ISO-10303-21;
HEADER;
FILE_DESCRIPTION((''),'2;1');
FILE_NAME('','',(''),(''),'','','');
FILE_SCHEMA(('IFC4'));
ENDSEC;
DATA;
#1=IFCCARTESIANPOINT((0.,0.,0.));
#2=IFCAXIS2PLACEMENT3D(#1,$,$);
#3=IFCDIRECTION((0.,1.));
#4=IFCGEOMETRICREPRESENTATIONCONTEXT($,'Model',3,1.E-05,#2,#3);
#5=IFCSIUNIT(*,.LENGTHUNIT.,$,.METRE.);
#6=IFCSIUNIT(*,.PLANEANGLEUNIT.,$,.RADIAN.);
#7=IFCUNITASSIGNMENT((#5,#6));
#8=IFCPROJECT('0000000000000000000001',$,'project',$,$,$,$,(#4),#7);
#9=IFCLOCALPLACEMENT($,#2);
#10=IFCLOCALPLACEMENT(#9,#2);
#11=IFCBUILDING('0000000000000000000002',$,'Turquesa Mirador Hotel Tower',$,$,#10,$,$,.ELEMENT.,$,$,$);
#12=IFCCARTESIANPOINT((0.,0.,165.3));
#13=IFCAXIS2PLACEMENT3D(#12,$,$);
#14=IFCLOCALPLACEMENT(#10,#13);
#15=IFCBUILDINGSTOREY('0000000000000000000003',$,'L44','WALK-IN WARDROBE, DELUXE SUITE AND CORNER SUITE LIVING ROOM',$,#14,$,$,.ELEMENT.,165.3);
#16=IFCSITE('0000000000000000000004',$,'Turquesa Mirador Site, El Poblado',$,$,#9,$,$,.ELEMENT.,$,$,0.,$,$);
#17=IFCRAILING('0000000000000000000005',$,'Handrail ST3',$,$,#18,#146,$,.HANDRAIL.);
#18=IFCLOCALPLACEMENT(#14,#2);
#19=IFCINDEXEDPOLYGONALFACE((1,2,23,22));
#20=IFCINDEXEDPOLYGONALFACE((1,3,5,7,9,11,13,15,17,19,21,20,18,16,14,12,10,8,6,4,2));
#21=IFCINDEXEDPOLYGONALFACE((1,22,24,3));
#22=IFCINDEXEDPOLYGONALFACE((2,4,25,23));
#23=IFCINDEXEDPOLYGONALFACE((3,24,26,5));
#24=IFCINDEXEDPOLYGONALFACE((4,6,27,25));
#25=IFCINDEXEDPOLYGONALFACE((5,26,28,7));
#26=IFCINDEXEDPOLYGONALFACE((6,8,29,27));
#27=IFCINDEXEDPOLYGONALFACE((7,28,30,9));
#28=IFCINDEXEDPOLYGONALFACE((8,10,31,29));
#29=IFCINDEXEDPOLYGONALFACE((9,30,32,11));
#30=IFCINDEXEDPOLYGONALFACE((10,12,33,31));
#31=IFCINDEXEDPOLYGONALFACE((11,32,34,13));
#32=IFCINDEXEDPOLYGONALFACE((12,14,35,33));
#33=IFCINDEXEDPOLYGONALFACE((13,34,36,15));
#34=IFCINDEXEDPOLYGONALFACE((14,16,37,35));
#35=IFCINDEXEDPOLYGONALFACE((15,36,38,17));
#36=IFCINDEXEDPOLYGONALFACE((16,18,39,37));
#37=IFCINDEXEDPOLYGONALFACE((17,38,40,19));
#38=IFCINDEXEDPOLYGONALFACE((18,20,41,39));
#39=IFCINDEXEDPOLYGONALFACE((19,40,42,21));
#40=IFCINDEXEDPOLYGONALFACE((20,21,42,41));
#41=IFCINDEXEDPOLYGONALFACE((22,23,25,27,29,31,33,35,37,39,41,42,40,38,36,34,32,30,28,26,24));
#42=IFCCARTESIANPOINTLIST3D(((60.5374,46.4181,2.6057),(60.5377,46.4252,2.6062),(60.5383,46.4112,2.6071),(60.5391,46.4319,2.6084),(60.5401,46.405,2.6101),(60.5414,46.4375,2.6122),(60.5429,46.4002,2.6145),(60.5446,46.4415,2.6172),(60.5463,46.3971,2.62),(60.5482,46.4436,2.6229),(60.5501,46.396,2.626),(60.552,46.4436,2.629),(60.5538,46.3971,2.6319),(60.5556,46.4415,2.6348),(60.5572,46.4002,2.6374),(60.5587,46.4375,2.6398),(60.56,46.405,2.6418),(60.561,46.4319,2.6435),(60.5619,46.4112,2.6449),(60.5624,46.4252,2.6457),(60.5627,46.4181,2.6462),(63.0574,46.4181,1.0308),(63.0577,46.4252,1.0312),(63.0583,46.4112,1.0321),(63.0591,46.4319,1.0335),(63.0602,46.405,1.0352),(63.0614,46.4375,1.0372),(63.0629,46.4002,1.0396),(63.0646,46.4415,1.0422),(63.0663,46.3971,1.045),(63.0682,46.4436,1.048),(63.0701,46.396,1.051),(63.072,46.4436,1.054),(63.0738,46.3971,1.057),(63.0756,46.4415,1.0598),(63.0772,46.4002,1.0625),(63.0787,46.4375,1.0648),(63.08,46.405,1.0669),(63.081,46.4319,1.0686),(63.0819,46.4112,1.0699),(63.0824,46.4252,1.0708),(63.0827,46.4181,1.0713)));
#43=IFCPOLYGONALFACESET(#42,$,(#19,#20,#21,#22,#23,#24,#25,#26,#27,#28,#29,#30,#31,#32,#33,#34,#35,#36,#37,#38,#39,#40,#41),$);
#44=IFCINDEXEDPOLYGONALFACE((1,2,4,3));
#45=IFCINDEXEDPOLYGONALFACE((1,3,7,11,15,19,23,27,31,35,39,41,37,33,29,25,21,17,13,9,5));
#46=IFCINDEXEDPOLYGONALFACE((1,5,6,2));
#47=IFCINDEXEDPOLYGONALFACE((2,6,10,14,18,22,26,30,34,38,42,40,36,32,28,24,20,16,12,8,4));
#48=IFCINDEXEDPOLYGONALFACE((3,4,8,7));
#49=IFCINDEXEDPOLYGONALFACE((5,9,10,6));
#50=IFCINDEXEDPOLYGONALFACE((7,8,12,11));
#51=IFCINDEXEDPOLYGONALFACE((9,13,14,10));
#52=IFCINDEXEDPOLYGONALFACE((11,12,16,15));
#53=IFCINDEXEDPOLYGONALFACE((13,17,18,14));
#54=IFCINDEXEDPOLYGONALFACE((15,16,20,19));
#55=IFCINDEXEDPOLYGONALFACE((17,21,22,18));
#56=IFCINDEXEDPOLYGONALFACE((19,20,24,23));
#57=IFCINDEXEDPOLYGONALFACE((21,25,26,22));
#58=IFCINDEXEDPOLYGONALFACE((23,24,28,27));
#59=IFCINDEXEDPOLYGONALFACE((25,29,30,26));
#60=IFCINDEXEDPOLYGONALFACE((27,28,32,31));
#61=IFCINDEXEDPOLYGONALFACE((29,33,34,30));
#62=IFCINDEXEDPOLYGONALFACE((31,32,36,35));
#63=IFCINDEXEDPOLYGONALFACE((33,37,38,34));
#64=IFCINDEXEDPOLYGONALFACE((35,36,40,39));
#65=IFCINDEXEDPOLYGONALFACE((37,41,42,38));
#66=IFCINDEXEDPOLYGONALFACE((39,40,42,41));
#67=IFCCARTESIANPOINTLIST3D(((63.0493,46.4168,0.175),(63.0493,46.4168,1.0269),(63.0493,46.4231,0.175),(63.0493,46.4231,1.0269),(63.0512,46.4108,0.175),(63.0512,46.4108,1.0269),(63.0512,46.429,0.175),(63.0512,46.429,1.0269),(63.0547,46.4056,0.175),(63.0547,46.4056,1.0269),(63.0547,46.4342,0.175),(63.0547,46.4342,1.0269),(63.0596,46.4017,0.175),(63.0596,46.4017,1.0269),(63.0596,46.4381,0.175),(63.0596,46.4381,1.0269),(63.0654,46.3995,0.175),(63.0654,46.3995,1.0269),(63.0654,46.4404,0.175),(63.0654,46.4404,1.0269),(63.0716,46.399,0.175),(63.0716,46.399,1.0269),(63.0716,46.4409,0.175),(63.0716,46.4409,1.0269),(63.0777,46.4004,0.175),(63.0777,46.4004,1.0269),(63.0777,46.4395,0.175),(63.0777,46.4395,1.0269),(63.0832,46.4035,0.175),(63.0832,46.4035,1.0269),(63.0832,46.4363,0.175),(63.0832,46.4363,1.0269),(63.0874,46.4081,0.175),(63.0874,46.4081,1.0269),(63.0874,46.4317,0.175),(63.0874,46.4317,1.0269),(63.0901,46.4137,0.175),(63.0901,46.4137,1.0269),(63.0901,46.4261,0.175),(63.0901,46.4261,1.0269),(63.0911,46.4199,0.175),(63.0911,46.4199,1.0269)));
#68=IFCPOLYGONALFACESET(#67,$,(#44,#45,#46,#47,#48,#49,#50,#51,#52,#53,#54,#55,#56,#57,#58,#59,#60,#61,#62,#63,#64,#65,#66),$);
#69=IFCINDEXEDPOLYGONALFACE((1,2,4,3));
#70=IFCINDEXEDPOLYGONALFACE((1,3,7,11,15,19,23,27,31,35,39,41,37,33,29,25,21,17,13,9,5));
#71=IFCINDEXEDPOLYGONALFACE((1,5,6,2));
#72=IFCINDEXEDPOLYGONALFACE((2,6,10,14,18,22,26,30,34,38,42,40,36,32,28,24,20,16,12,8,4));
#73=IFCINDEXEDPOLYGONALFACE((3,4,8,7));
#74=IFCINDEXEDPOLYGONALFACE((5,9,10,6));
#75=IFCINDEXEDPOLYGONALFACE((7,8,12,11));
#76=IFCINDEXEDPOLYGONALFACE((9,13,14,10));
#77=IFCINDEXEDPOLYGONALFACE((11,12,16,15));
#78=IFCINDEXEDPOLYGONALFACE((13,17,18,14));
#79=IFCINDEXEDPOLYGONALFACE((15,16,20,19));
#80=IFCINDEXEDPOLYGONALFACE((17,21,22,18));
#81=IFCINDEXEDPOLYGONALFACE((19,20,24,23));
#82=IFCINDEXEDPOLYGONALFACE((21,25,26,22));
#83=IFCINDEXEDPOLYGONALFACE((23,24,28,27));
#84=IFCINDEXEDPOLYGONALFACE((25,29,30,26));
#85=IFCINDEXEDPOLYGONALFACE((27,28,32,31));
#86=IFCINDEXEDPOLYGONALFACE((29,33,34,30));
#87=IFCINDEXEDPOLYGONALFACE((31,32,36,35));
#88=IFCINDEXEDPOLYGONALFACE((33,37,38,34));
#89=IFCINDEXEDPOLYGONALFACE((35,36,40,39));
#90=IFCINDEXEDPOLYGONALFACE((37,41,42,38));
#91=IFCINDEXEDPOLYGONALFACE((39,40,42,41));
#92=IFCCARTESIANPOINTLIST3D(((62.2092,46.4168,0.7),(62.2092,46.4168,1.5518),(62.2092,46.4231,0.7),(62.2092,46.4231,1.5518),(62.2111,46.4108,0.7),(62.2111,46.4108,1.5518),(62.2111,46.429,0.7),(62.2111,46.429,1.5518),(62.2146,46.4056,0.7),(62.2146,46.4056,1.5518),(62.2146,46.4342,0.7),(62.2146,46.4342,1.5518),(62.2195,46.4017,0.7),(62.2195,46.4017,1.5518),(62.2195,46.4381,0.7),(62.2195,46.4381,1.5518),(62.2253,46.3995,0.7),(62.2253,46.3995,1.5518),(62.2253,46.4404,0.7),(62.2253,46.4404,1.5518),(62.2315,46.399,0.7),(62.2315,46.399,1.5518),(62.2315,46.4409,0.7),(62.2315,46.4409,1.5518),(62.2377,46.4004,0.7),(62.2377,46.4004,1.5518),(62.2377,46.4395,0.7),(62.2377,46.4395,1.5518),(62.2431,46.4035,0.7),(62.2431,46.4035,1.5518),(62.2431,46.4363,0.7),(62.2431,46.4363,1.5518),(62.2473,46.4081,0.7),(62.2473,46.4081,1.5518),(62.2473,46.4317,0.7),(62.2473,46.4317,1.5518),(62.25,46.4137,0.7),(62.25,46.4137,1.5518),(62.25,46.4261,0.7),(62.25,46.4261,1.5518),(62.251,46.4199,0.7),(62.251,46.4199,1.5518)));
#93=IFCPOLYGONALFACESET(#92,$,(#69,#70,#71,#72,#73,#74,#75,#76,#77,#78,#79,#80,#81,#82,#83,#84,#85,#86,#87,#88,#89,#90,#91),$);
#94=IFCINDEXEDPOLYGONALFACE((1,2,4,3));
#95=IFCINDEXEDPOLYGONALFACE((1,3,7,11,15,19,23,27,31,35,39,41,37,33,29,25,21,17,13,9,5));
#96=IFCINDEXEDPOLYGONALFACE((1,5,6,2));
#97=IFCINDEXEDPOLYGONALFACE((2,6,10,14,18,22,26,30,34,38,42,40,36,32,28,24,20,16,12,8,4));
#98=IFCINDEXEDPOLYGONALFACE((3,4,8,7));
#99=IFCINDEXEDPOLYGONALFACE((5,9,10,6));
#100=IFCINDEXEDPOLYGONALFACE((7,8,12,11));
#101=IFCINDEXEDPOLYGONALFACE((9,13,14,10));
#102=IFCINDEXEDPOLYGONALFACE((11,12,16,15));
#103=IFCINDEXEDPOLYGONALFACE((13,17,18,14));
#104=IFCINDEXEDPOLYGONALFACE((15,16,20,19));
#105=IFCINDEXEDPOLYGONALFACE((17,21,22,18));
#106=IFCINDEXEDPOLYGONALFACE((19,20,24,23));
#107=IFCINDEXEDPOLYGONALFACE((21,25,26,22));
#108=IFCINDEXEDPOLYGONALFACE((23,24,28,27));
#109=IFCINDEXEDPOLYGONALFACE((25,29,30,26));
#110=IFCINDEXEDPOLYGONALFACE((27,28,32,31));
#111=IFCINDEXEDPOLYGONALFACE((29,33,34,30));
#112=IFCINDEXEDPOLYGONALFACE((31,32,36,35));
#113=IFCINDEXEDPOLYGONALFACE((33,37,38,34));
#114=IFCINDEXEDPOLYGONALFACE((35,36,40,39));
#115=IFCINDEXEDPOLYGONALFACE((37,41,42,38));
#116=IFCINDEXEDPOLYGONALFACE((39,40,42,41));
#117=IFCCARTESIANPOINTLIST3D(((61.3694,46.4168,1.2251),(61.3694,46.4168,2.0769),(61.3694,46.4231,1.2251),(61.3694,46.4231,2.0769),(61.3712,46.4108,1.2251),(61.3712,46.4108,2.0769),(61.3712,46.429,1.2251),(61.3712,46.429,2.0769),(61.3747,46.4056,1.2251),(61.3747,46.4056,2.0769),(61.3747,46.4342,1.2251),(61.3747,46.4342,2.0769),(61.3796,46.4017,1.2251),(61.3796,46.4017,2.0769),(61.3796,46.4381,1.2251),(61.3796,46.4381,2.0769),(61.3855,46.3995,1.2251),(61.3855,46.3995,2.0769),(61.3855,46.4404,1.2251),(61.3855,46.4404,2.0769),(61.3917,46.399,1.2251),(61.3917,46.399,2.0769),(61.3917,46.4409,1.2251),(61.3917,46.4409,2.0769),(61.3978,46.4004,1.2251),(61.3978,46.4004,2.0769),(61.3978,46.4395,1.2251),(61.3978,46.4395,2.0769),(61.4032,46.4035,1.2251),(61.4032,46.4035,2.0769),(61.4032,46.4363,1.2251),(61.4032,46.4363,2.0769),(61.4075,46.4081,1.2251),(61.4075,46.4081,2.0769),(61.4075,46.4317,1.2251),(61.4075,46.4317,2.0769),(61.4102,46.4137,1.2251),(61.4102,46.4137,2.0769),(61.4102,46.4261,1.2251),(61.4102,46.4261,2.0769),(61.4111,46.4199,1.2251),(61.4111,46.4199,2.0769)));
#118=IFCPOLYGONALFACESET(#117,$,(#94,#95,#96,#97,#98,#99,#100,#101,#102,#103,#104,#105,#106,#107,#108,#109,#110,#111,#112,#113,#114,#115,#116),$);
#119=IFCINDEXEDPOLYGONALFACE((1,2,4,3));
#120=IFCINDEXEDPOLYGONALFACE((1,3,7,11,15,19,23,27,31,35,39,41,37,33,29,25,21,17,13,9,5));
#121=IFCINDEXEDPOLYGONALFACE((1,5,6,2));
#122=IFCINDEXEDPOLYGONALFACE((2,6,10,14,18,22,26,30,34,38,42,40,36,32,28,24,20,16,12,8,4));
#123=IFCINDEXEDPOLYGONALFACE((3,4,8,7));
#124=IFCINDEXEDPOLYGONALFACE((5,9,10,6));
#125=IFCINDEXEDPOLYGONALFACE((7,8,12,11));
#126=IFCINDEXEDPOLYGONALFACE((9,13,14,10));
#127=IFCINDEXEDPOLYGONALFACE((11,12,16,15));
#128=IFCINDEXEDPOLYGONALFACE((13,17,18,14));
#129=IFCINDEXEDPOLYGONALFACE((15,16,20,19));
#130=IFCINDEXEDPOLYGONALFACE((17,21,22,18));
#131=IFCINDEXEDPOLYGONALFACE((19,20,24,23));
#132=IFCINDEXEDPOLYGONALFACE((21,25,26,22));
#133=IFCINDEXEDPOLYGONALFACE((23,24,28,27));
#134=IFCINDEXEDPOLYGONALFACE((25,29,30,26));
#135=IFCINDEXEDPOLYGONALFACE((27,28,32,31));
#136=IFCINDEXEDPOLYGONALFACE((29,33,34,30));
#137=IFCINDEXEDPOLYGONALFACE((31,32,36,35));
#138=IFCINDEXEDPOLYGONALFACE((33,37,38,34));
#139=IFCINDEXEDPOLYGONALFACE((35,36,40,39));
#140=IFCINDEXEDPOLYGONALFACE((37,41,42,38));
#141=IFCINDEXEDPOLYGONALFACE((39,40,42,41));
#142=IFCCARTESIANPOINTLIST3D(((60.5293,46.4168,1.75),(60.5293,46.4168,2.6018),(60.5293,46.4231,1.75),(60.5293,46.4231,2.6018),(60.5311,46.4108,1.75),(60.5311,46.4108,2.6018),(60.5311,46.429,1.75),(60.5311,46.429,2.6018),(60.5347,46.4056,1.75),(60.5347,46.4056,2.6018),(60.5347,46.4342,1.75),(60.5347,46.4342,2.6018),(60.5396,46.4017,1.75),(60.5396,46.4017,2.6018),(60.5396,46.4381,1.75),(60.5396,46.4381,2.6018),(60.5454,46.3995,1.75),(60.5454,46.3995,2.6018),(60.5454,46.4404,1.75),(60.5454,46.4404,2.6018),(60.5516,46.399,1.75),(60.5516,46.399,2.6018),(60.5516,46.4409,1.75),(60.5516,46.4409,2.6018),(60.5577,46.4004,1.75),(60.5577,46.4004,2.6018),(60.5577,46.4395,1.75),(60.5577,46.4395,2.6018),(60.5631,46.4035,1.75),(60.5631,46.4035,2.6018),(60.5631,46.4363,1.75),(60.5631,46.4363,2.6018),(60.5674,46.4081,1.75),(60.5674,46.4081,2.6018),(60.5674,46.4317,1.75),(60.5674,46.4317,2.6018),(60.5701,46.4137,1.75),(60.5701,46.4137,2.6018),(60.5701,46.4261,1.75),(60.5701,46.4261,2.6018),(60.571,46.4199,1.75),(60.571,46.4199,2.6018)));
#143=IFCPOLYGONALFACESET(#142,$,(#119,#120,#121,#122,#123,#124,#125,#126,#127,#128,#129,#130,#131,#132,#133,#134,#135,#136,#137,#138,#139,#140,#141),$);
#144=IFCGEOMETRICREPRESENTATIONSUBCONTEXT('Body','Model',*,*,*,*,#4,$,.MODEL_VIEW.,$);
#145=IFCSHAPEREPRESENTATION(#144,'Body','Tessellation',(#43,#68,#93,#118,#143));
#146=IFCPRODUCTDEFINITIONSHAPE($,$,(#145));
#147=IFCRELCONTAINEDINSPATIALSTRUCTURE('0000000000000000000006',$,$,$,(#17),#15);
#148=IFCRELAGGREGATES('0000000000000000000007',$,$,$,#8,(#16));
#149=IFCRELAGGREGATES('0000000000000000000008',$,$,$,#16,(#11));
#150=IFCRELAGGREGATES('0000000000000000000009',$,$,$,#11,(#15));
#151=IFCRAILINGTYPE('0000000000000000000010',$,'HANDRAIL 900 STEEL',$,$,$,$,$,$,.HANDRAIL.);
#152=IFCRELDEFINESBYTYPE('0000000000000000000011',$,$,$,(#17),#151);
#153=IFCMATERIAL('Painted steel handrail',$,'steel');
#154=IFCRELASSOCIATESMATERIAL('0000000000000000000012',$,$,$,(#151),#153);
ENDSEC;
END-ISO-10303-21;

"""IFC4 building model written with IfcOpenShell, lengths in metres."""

from ifc_helpers import new_model, si_unit, direction, frame, origin, origin_2d, place, context, subcontext, project, spatial, circle, extrude, material, type_object, element, save


model = new_model("IFC4")

# Units and contexts
model_context = context("Model", 3, precision=1e-05, world=origin(), true_north=direction((0.0, 1.0)))
body_context = subcontext(model_context, "Body", "Model", "MODEL_VIEW")
ifc_project = project(units=[si_unit("LENGTHUNIT", "METRE"), si_unit("PLANEANGLEUNIT", "RADIAN")], contexts=[model_context])

# Site, building, storey
site_placement = place(None, origin())
site = spatial("IfcSite", under=ifc_project, at=site_placement, Name="Turquesa Mirador Site, El Poblado", CompositionType="ELEMENT", RefElevation=0.0)
building_placement = place(site_placement, origin())
building = spatial("IfcBuilding", under=site, at=building_placement, Name="Turquesa Mirador Hotel Tower", CompositionType="ELEMENT")
storey_placement = place(building_placement, frame((0.0, 0.0, 165.3)))
storey = spatial("IfcBuildingStorey", under=building, at=storey_placement, Name="L44", Description="WALK-IN WARDROBE, DELUXE SUITE AND CORNER SUITE LIVING ROOM", CompositionType="ELEMENT", Elevation=165.3)

# Railing
ifc_material_1 = material(Name="Painted steel handrail", Category="steel")
railing_type = type_object("IfcRailingType", Name="HANDRAIL 900 STEEL", PredefinedType="HANDRAIL", material=ifc_material_1)
railing_1_placement = place(storey_placement, frame((63.0701, 46.4199, 0.175)))
element("IfcRailing", 1, at=railing_1_placement, inside=storey, type_object=railing_type, Name="Handrail ST3", PredefinedType="HANDRAIL", context=body_context, shape_type="SweptSolid", body=[
    extrude(circle(Radius=0.0239, at=origin_2d()), frame((0.0, 0.0, 0.876), z_axis=(-0.848008, 0.0, 0.529984), x_axis=(0.0, -1.0, 0.0)), (0.0, 0.0, 1.0), 2.9717),
    extrude(circle(Radius=0.021, at=origin_2d()), origin(), (0.0, 0.0, 1.0), 0.8518),
    extrude(circle(Radius=0.021, at=origin_2d()), frame((-0.8401, 0.0, 0.5249)), (0.0, 0.0, 1.0), 0.8518),
    extrude(circle(Radius=0.021, at=origin_2d()), frame((-1.6799, 0.0, 1.05)), (0.0, 0.0, 1.0), 0.8518),
    extrude(circle(Radius=0.021, at=origin_2d()), frame((-2.52, 0.0, 1.575)), (0.0, 0.0, 1.0), 0.8518),
])

save(model, "model.ifc")
